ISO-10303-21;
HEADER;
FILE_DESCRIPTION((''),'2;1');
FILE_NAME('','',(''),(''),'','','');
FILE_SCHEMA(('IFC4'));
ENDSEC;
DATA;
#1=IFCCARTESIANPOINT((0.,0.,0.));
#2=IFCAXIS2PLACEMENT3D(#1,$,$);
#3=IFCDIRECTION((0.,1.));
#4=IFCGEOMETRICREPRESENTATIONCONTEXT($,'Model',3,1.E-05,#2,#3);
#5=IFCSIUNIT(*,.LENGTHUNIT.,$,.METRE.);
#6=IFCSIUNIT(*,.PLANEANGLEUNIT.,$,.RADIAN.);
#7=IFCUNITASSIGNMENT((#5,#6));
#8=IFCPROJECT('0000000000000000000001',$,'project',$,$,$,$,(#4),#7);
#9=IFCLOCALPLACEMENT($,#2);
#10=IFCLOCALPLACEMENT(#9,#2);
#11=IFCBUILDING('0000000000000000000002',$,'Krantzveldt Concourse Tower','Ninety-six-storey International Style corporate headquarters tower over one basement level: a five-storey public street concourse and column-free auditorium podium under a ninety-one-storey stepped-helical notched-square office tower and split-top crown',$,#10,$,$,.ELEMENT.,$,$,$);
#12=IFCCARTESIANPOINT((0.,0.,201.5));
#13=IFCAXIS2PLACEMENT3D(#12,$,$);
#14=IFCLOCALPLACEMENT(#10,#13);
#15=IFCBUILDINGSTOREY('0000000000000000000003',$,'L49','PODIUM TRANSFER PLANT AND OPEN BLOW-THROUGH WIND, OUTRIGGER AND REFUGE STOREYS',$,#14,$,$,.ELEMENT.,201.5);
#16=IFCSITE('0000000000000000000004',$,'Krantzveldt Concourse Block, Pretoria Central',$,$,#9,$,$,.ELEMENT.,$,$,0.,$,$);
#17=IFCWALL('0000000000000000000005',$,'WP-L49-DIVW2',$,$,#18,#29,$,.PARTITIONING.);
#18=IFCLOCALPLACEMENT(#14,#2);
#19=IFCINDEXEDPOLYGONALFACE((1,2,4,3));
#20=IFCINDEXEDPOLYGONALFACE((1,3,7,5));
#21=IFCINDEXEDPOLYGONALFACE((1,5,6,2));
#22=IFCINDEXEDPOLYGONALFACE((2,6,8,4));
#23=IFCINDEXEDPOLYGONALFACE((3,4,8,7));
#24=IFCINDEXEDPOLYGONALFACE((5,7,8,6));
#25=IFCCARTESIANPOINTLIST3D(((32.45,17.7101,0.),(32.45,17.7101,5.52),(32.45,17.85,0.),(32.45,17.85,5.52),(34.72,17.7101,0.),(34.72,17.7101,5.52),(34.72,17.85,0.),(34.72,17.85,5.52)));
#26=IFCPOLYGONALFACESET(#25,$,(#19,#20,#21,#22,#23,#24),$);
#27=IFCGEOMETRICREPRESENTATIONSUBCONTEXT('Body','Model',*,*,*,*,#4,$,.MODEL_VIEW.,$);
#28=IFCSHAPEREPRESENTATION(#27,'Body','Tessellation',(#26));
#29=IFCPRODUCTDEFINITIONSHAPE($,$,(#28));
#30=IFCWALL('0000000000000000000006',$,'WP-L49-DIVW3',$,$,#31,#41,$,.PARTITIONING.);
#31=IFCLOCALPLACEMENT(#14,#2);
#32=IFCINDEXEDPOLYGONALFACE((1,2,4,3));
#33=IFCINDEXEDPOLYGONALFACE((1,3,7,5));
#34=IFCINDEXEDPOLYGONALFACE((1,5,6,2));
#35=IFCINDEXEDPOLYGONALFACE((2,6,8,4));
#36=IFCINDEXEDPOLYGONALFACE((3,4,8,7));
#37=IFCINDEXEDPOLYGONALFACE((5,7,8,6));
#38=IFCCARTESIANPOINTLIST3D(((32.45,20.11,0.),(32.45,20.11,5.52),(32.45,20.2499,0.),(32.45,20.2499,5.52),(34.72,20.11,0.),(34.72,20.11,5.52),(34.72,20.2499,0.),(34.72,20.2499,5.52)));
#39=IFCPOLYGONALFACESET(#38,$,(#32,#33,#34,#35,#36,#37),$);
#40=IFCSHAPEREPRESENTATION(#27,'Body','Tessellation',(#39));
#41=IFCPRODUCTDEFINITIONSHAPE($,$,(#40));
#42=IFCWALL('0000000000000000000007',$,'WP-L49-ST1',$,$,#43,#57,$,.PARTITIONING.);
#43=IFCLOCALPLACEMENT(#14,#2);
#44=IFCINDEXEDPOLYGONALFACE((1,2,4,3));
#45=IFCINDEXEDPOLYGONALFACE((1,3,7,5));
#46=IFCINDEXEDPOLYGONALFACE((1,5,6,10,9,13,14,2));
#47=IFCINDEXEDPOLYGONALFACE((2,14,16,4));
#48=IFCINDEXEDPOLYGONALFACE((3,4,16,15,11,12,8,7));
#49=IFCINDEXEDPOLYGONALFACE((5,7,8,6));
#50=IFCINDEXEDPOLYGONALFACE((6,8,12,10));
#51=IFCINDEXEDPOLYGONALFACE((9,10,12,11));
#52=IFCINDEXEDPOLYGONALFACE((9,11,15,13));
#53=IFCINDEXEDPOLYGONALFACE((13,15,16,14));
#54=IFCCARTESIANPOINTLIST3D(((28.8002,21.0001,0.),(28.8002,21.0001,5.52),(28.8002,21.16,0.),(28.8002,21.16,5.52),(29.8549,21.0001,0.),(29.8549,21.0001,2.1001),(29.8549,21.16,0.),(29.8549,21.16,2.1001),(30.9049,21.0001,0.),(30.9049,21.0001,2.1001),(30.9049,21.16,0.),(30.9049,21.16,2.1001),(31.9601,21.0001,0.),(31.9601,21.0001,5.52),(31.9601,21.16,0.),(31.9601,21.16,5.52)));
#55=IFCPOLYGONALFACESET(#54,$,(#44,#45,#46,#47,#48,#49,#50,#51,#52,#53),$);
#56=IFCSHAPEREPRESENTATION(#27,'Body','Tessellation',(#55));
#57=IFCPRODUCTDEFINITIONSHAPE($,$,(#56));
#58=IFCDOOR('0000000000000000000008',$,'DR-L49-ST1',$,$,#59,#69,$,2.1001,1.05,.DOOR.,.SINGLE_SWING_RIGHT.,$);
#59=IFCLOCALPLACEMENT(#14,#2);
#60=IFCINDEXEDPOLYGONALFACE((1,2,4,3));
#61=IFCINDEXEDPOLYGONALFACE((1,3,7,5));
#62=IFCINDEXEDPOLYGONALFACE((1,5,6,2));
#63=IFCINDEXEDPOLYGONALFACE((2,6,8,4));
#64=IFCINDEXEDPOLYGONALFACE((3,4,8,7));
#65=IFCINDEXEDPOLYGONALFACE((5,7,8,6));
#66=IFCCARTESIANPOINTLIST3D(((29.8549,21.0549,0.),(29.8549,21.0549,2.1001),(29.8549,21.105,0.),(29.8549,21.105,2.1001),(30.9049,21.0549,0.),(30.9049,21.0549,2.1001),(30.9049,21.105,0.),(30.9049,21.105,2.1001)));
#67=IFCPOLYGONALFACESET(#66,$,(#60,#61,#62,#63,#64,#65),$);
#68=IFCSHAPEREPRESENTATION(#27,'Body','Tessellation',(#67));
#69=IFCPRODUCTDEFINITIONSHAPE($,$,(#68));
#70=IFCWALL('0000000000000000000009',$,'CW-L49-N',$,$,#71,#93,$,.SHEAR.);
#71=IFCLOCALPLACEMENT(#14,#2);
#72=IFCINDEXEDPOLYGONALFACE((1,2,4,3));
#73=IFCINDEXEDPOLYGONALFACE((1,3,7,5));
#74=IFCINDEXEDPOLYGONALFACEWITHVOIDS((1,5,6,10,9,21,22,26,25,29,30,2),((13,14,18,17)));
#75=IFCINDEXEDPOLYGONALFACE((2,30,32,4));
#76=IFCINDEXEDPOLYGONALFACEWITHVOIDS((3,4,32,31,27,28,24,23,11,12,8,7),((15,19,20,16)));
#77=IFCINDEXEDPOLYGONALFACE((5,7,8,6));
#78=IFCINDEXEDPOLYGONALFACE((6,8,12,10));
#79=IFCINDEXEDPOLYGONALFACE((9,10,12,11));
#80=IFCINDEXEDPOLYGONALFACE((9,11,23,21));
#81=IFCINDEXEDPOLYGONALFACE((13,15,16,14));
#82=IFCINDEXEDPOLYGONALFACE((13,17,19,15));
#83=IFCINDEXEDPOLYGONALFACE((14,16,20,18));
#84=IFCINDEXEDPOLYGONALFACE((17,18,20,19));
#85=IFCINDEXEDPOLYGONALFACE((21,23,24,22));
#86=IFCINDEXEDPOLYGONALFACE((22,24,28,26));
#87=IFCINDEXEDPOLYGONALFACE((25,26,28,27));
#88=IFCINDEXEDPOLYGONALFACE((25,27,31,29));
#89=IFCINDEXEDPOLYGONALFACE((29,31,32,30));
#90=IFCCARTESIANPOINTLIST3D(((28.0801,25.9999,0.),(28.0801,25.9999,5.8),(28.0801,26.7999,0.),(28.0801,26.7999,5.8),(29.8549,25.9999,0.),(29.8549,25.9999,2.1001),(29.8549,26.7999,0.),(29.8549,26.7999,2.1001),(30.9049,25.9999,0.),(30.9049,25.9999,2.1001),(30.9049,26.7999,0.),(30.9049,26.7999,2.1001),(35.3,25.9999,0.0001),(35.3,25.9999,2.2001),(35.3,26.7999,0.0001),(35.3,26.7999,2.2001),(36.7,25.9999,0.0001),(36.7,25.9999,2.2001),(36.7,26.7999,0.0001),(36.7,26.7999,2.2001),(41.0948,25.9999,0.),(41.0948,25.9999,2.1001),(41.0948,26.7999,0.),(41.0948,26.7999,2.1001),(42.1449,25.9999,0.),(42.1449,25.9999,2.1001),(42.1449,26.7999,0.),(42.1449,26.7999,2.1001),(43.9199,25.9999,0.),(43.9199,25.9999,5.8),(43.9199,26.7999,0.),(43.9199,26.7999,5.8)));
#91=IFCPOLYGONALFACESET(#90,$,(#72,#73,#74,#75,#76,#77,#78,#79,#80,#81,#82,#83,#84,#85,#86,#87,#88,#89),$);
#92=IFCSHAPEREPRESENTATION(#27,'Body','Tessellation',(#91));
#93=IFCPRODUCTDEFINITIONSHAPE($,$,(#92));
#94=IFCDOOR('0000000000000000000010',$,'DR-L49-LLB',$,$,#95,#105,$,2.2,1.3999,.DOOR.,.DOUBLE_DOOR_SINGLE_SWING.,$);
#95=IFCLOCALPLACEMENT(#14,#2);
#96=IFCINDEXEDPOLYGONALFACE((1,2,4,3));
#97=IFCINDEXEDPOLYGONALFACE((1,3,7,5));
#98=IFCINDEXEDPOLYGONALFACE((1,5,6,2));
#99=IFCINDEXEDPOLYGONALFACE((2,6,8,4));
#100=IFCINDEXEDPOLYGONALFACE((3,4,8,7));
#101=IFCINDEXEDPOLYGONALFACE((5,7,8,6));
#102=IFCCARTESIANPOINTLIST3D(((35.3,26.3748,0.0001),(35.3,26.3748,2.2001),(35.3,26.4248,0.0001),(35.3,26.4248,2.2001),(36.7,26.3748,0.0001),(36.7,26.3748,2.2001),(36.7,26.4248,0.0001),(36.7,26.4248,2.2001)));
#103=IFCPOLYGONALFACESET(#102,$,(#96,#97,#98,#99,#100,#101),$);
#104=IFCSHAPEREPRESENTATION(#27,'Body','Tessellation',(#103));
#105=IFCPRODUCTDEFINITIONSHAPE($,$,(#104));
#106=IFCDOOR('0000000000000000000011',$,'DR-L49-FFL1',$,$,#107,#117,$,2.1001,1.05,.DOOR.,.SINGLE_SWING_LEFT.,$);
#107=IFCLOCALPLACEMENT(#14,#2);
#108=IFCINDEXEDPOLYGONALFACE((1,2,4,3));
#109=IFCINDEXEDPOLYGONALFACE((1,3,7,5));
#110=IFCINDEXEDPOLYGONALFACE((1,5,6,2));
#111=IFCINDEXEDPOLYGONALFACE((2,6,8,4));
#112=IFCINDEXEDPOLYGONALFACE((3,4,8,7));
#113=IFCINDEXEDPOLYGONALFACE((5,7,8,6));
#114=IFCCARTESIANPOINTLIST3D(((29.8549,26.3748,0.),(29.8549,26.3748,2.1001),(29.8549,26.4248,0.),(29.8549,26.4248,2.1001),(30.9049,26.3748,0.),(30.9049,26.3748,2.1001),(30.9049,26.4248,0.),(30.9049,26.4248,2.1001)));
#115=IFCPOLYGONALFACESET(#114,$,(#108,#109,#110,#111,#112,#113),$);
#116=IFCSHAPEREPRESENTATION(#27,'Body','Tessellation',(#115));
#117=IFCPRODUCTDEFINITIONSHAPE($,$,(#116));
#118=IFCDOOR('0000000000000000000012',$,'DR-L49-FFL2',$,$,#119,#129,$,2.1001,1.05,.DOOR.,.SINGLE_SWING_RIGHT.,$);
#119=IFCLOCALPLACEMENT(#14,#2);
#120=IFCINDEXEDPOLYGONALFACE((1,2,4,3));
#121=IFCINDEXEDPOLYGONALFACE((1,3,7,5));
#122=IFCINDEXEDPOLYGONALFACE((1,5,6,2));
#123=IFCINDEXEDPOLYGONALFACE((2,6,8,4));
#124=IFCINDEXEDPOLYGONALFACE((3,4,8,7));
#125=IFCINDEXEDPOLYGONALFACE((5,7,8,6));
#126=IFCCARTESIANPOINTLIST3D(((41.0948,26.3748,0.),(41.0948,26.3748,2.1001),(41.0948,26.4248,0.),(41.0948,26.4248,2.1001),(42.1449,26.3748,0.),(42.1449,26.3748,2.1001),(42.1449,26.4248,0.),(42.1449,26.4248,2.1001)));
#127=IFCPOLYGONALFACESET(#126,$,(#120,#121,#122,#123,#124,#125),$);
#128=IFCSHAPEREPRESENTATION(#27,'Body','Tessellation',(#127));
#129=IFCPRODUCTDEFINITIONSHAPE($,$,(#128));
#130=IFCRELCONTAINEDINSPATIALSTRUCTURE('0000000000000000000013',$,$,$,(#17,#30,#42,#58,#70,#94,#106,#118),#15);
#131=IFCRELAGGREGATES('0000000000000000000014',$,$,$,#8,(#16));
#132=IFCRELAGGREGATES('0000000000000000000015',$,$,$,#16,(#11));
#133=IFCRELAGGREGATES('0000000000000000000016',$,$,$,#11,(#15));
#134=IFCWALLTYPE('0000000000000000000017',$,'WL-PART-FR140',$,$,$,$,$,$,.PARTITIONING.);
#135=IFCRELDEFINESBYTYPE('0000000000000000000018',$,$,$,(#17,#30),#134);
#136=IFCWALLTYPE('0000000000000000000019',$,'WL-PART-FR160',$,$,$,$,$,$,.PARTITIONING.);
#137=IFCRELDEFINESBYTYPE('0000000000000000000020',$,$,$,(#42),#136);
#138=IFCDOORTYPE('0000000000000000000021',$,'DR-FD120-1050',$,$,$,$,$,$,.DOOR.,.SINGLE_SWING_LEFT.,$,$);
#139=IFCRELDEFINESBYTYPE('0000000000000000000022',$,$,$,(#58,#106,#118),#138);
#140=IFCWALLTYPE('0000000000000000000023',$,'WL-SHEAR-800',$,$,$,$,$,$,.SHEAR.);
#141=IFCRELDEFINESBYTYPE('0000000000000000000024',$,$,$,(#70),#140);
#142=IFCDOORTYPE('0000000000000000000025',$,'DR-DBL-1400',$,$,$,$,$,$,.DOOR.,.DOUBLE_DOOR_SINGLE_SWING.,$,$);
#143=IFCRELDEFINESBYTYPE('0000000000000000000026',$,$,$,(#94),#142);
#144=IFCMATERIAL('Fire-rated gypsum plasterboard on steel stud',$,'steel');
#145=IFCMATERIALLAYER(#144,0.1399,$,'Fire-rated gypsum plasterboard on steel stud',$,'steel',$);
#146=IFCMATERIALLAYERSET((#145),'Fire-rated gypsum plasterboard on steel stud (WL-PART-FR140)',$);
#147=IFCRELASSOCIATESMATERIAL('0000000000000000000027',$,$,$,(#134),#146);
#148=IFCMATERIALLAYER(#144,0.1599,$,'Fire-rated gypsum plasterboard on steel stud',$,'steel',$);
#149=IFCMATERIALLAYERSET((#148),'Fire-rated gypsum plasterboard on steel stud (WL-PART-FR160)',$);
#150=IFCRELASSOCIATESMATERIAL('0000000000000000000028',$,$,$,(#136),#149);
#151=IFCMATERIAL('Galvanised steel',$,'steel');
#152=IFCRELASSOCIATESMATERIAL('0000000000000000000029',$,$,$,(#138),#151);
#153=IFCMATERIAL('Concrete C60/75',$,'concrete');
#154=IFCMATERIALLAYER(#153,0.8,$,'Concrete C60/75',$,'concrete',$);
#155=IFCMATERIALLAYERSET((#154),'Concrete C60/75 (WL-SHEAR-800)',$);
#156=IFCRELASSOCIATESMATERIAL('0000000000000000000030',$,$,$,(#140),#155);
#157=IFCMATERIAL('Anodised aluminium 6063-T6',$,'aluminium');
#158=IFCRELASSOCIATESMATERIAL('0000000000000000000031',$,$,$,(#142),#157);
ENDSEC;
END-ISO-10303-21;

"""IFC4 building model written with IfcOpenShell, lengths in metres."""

from ifc_helpers import new_model, si_unit, direction, frame, frame_2d, origin, place, context, subcontext, project, spatial, rectangle, extrude, material, layer, layer_set, type_object, element, fill, save


model = new_model("IFC4")

# Units and contexts
model_context = context("Model", 3, precision=1e-05, world=origin(), true_north=direction((0.0, 1.0)))
body_context = subcontext(model_context, "Body", "Model", "MODEL_VIEW")
ifc_project = project(units=[si_unit("LENGTHUNIT", "METRE"), si_unit("PLANEANGLEUNIT", "RADIAN")], contexts=[model_context])

# Site, building, storey
site_placement = place(None, origin())
site = spatial("IfcSite", under=ifc_project, at=site_placement, Name="Krantzveldt Concourse Block, Pretoria Central", CompositionType="ELEMENT", RefElevation=0.0)
building_placement = place(site_placement, origin())
building = spatial("IfcBuilding", under=site, at=building_placement, Name="Krantzveldt Concourse Tower", Description="Ninety-six-storey International Style corporate headquarters tower over one basement level: a five-storey public street concourse and column-free auditorium podium under a ninety-one-storey stepped-helical notched-square office tower and split-top crown", CompositionType="ELEMENT")
storey_placement = place(building_placement, frame((0.0, 0.0, 201.5)))
storey = spatial("IfcBuildingStorey", under=building, at=storey_placement, Name="L49", Description="PODIUM TRANSFER PLANT AND OPEN BLOW-THROUGH WIND, OUTRIGGER AND REFUGE STOREYS", CompositionType="ELEMENT", Elevation=201.5)

# Walls
ifc_material_1 = material(Name="Fire-rated gypsum plasterboard on steel stud", Category="steel")
ifc_layer_1 = layer(ifc_material_1, 0.1399, Name="Fire-rated gypsum plasterboard on steel stud", Category="steel")
ifc_layer_set_1 = layer_set([ifc_layer_1], Name="Fire-rated gypsum plasterboard on steel stud (WL-PART-FR140)")
wall_type_1 = type_object("IfcWallType", Name="WL-PART-FR140", PredefinedType="PARTITIONING", material=ifc_layer_set_1)
for number, where, z_axis, x_axis, name in (
    (1, (32.45, 17.78, 0.0), (0.0, 0.0, 1.0), (1.0, 0.0, 0.0), "WP-L49-DIVW2"),
    (2, (32.45, 20.1799, 0.0), (0.0, 0.0, 1.0), (1.0, 0.0, 0.0), "WP-L49-DIVW3"),
):
    element("IfcWall", number, at=place(storey_placement, frame(where, z_axis=z_axis, x_axis=x_axis)), inside=storey, type_object=wall_type_1, Name=name, PredefinedType="PARTITIONING", context=body_context, shape_type="SweptSolid", body=[
        extrude(rectangle(XDim=2.27, YDim=0.1399, at=frame_2d((1.135, 0.0))), origin(), (0.0, 0.0, 1.0), 5.52),
    ])

# Wall, opening, door
ifc_layer_2 = layer(ifc_material_1, 0.1599, Name="Fire-rated gypsum plasterboard on steel stud", Category="steel")
ifc_layer_set_2 = layer_set([ifc_layer_2], Name="Fire-rated gypsum plasterboard on steel stud (WL-PART-FR160)")
wall_type_2 = type_object("IfcWallType", Name="WL-PART-FR160", PredefinedType="PARTITIONING", material=ifc_layer_set_2)
wall_1_placement = place(storey_placement, frame((28.8, 21.0801, 0.0), z_axis=(0.0, 0.0, 1.0), x_axis=(1.0, 0.0, 0.0)))
wall_1 = element("IfcWall", 3, at=wall_1_placement, inside=storey, type_object=wall_type_2, Name="WP-L49-ST1", PredefinedType="PARTITIONING", context=body_context, shape_type="SweptSolid", body=[
    extrude(rectangle(XDim=3.1599, YDim=0.1599, at=frame_2d((1.5801, 0.0))), origin(), (0.0, 0.0, 1.0), 5.52),
])
opening_1_placement = place(wall_1_placement, frame((1.0549, 0.0, 0.0)))
opening_1 = element("IfcOpeningElement", 4, at=opening_1_placement, cuts=wall_1, PredefinedType="OPENING", context=body_context, shape_type="SweptSolid", body=[
    extrude(rectangle(XDim=1.05, YDim=2.1001, at=frame_2d((0.5249, 1.05))), frame((0.0, 0.0898, 0.0), z_axis=(0.0, -1.0, 0.0), x_axis=(1.0, 0.0, 0.0)), (0.0, 0.0, 1.0), 0.1799),
])
ifc_material_2 = material(Name="Galvanised steel", Category="steel")
door_type_1 = type_object("IfcDoorType", Name="DR-FD120-1050", OperationType="SINGLE_SWING_LEFT", PredefinedType="DOOR", material=ifc_material_2)
door_1_placement = place(opening_1_placement, origin())
door_1 = element("IfcDoor", 5, at=door_1_placement, inside=storey, type_object=door_type_1, Name="DR-L49-ST1", OperationType="SINGLE_SWING_RIGHT", OverallHeight=2.1001, OverallWidth=1.05, PredefinedType="DOOR", context=body_context, shape_type="SweptSolid", body=[
    extrude(rectangle(XDim=1.05, YDim=2.1001, at=frame_2d((0.5249, 1.05))), frame((0.0, 0.0249, 0.0), z_axis=(0.0, -1.0, 0.0), x_axis=(1.0, 0.0, 0.0)), (0.0, 0.0, 1.0), 0.05),
])
fill(opening_1, door_1)

# Wall, openings, doors
ifc_material_3 = material(Name="Concrete C60/75", Category="concrete")
ifc_layer_3 = layer(ifc_material_3, 0.8, Name="Concrete C60/75", Category="concrete")
ifc_layer_set_3 = layer_set([ifc_layer_3], Name="Concrete C60/75 (WL-SHEAR-800)")
wall_type_3 = type_object("IfcWallType", Name="WL-SHEAR-800", PredefinedType="SHEAR", material=ifc_layer_set_3)
wall_2_placement = place(storey_placement, frame((28.0801, 26.3999, 0.0), z_axis=(0.0, 0.0, 1.0), x_axis=(1.0, 0.0, 0.0)))
wall_2 = element("IfcWall", 6, at=wall_2_placement, inside=storey, type_object=wall_type_3, Name="CW-L49-N", PredefinedType="SHEAR", context=body_context, shape_type="SweptSolid", body=[
    extrude(rectangle(XDim=15.8398, YDim=0.8, at=frame_2d((7.9199, 0.0))), origin(), (0.0, 0.0, 1.0), 5.8),
])
opening_2_placement = place(wall_2_placement, frame((7.22, 0.0, 0.0)))
opening_2 = element("IfcOpeningElement", 7, at=opening_2_placement, cuts=wall_2, PredefinedType="OPENING", context=body_context, shape_type="SweptSolid", body=[
    extrude(rectangle(XDim=1.3999, YDim=2.2, at=frame_2d((0.7, 1.1001))), frame((0.0, 0.4102, 0.0), z_axis=(0.0, -1.0, 0.0), x_axis=(1.0, 0.0, 0.0)), (0.0, 0.0, 1.0), 0.8201),
])
opening_3_placement = place(wall_2_placement, frame((1.7749, 0.0, 0.0)))
opening_3 = element("IfcOpeningElement", 8, at=opening_3_placement, cuts=wall_2, PredefinedType="OPENING", context=body_context, shape_type="SweptSolid", body=[
    extrude(rectangle(XDim=1.05, YDim=2.1001, at=frame_2d((0.5249, 1.05))), frame((0.0, 0.4102, 0.0), z_axis=(0.0, -1.0, 0.0), x_axis=(1.0, 0.0, 0.0)), (0.0, 0.0, 1.0), 0.8201),
])
opening_4_placement = place(wall_2_placement, frame((13.0149, 0.0, 0.0)))
opening_4 = element("IfcOpeningElement", 9, at=opening_4_placement, cuts=wall_2, PredefinedType="OPENING", context=body_context, shape_type="SweptSolid", body=[
    extrude(rectangle(XDim=1.05, YDim=2.1001, at=frame_2d((0.5249, 1.05))), frame((0.0, 0.4102, 0.0), z_axis=(0.0, -1.0, 0.0), x_axis=(1.0, 0.0, 0.0)), (0.0, 0.0, 1.0), 0.8201),
])
ifc_material_4 = material(Name="Anodised aluminium 6063-T6", Category="aluminium")
door_type_2 = type_object("IfcDoorType", Name="DR-DBL-1400", OperationType="DOUBLE_DOOR_SINGLE_SWING", PredefinedType="DOOR", material=ifc_material_4)
door_2_placement = place(opening_2_placement, origin())
door_2 = element("IfcDoor", 10, at=door_2_placement, inside=storey, type_object=door_type_2, Name="DR-L49-LLB", OperationType="DOUBLE_DOOR_SINGLE_SWING", OverallHeight=2.2, OverallWidth=1.3999, PredefinedType="DOOR", context=body_context, shape_type="SweptSolid", body=[
    extrude(rectangle(XDim=1.3999, YDim=2.2, at=frame_2d((0.7, 1.1001))), frame((0.0, 0.0249, 0.0), z_axis=(0.0, -1.0, 0.0), x_axis=(1.0, 0.0, 0.0)), (0.0, 0.0, 1.0), 0.05),
])
fill(opening_2, door_2)
door_3_placement = place(opening_3_placement, origin())
door_3 = element("IfcDoor", 11, at=door_3_placement, inside=storey, type_object=door_type_1, Name="DR-L49-FFL1", OperationType="SINGLE_SWING_LEFT", OverallHeight=2.1001, OverallWidth=1.05, PredefinedType="DOOR", context=body_context, shape_type="SweptSolid", body=[
    extrude(rectangle(XDim=1.05, YDim=2.1001, at=frame_2d((0.5249, 1.05))), frame((0.0, 0.0249, 0.0), z_axis=(0.0, -1.0, 0.0), x_axis=(1.0, 0.0, 0.0)), (0.0, 0.0, 1.0), 0.05),
])
fill(opening_3, door_3)
door_4_placement = place(opening_4_placement, origin())
door_4 = element("IfcDoor", 12, at=door_4_placement, inside=storey, type_object=door_type_1, Name="DR-L49-FFL2", OperationType="SINGLE_SWING_RIGHT", OverallHeight=2.1001, OverallWidth=1.05, PredefinedType="DOOR", context=body_context, shape_type="SweptSolid", body=[
    extrude(rectangle(XDim=1.05, YDim=2.1001, at=frame_2d((0.5249, 1.05))), frame((0.0, 0.0249, 0.0), z_axis=(0.0, -1.0, 0.0), x_axis=(1.0, 0.0, 0.0)), (0.0, 0.0, 1.0), 0.05),
])
fill(opening_4, door_4)

save(model, "model.ifc")
